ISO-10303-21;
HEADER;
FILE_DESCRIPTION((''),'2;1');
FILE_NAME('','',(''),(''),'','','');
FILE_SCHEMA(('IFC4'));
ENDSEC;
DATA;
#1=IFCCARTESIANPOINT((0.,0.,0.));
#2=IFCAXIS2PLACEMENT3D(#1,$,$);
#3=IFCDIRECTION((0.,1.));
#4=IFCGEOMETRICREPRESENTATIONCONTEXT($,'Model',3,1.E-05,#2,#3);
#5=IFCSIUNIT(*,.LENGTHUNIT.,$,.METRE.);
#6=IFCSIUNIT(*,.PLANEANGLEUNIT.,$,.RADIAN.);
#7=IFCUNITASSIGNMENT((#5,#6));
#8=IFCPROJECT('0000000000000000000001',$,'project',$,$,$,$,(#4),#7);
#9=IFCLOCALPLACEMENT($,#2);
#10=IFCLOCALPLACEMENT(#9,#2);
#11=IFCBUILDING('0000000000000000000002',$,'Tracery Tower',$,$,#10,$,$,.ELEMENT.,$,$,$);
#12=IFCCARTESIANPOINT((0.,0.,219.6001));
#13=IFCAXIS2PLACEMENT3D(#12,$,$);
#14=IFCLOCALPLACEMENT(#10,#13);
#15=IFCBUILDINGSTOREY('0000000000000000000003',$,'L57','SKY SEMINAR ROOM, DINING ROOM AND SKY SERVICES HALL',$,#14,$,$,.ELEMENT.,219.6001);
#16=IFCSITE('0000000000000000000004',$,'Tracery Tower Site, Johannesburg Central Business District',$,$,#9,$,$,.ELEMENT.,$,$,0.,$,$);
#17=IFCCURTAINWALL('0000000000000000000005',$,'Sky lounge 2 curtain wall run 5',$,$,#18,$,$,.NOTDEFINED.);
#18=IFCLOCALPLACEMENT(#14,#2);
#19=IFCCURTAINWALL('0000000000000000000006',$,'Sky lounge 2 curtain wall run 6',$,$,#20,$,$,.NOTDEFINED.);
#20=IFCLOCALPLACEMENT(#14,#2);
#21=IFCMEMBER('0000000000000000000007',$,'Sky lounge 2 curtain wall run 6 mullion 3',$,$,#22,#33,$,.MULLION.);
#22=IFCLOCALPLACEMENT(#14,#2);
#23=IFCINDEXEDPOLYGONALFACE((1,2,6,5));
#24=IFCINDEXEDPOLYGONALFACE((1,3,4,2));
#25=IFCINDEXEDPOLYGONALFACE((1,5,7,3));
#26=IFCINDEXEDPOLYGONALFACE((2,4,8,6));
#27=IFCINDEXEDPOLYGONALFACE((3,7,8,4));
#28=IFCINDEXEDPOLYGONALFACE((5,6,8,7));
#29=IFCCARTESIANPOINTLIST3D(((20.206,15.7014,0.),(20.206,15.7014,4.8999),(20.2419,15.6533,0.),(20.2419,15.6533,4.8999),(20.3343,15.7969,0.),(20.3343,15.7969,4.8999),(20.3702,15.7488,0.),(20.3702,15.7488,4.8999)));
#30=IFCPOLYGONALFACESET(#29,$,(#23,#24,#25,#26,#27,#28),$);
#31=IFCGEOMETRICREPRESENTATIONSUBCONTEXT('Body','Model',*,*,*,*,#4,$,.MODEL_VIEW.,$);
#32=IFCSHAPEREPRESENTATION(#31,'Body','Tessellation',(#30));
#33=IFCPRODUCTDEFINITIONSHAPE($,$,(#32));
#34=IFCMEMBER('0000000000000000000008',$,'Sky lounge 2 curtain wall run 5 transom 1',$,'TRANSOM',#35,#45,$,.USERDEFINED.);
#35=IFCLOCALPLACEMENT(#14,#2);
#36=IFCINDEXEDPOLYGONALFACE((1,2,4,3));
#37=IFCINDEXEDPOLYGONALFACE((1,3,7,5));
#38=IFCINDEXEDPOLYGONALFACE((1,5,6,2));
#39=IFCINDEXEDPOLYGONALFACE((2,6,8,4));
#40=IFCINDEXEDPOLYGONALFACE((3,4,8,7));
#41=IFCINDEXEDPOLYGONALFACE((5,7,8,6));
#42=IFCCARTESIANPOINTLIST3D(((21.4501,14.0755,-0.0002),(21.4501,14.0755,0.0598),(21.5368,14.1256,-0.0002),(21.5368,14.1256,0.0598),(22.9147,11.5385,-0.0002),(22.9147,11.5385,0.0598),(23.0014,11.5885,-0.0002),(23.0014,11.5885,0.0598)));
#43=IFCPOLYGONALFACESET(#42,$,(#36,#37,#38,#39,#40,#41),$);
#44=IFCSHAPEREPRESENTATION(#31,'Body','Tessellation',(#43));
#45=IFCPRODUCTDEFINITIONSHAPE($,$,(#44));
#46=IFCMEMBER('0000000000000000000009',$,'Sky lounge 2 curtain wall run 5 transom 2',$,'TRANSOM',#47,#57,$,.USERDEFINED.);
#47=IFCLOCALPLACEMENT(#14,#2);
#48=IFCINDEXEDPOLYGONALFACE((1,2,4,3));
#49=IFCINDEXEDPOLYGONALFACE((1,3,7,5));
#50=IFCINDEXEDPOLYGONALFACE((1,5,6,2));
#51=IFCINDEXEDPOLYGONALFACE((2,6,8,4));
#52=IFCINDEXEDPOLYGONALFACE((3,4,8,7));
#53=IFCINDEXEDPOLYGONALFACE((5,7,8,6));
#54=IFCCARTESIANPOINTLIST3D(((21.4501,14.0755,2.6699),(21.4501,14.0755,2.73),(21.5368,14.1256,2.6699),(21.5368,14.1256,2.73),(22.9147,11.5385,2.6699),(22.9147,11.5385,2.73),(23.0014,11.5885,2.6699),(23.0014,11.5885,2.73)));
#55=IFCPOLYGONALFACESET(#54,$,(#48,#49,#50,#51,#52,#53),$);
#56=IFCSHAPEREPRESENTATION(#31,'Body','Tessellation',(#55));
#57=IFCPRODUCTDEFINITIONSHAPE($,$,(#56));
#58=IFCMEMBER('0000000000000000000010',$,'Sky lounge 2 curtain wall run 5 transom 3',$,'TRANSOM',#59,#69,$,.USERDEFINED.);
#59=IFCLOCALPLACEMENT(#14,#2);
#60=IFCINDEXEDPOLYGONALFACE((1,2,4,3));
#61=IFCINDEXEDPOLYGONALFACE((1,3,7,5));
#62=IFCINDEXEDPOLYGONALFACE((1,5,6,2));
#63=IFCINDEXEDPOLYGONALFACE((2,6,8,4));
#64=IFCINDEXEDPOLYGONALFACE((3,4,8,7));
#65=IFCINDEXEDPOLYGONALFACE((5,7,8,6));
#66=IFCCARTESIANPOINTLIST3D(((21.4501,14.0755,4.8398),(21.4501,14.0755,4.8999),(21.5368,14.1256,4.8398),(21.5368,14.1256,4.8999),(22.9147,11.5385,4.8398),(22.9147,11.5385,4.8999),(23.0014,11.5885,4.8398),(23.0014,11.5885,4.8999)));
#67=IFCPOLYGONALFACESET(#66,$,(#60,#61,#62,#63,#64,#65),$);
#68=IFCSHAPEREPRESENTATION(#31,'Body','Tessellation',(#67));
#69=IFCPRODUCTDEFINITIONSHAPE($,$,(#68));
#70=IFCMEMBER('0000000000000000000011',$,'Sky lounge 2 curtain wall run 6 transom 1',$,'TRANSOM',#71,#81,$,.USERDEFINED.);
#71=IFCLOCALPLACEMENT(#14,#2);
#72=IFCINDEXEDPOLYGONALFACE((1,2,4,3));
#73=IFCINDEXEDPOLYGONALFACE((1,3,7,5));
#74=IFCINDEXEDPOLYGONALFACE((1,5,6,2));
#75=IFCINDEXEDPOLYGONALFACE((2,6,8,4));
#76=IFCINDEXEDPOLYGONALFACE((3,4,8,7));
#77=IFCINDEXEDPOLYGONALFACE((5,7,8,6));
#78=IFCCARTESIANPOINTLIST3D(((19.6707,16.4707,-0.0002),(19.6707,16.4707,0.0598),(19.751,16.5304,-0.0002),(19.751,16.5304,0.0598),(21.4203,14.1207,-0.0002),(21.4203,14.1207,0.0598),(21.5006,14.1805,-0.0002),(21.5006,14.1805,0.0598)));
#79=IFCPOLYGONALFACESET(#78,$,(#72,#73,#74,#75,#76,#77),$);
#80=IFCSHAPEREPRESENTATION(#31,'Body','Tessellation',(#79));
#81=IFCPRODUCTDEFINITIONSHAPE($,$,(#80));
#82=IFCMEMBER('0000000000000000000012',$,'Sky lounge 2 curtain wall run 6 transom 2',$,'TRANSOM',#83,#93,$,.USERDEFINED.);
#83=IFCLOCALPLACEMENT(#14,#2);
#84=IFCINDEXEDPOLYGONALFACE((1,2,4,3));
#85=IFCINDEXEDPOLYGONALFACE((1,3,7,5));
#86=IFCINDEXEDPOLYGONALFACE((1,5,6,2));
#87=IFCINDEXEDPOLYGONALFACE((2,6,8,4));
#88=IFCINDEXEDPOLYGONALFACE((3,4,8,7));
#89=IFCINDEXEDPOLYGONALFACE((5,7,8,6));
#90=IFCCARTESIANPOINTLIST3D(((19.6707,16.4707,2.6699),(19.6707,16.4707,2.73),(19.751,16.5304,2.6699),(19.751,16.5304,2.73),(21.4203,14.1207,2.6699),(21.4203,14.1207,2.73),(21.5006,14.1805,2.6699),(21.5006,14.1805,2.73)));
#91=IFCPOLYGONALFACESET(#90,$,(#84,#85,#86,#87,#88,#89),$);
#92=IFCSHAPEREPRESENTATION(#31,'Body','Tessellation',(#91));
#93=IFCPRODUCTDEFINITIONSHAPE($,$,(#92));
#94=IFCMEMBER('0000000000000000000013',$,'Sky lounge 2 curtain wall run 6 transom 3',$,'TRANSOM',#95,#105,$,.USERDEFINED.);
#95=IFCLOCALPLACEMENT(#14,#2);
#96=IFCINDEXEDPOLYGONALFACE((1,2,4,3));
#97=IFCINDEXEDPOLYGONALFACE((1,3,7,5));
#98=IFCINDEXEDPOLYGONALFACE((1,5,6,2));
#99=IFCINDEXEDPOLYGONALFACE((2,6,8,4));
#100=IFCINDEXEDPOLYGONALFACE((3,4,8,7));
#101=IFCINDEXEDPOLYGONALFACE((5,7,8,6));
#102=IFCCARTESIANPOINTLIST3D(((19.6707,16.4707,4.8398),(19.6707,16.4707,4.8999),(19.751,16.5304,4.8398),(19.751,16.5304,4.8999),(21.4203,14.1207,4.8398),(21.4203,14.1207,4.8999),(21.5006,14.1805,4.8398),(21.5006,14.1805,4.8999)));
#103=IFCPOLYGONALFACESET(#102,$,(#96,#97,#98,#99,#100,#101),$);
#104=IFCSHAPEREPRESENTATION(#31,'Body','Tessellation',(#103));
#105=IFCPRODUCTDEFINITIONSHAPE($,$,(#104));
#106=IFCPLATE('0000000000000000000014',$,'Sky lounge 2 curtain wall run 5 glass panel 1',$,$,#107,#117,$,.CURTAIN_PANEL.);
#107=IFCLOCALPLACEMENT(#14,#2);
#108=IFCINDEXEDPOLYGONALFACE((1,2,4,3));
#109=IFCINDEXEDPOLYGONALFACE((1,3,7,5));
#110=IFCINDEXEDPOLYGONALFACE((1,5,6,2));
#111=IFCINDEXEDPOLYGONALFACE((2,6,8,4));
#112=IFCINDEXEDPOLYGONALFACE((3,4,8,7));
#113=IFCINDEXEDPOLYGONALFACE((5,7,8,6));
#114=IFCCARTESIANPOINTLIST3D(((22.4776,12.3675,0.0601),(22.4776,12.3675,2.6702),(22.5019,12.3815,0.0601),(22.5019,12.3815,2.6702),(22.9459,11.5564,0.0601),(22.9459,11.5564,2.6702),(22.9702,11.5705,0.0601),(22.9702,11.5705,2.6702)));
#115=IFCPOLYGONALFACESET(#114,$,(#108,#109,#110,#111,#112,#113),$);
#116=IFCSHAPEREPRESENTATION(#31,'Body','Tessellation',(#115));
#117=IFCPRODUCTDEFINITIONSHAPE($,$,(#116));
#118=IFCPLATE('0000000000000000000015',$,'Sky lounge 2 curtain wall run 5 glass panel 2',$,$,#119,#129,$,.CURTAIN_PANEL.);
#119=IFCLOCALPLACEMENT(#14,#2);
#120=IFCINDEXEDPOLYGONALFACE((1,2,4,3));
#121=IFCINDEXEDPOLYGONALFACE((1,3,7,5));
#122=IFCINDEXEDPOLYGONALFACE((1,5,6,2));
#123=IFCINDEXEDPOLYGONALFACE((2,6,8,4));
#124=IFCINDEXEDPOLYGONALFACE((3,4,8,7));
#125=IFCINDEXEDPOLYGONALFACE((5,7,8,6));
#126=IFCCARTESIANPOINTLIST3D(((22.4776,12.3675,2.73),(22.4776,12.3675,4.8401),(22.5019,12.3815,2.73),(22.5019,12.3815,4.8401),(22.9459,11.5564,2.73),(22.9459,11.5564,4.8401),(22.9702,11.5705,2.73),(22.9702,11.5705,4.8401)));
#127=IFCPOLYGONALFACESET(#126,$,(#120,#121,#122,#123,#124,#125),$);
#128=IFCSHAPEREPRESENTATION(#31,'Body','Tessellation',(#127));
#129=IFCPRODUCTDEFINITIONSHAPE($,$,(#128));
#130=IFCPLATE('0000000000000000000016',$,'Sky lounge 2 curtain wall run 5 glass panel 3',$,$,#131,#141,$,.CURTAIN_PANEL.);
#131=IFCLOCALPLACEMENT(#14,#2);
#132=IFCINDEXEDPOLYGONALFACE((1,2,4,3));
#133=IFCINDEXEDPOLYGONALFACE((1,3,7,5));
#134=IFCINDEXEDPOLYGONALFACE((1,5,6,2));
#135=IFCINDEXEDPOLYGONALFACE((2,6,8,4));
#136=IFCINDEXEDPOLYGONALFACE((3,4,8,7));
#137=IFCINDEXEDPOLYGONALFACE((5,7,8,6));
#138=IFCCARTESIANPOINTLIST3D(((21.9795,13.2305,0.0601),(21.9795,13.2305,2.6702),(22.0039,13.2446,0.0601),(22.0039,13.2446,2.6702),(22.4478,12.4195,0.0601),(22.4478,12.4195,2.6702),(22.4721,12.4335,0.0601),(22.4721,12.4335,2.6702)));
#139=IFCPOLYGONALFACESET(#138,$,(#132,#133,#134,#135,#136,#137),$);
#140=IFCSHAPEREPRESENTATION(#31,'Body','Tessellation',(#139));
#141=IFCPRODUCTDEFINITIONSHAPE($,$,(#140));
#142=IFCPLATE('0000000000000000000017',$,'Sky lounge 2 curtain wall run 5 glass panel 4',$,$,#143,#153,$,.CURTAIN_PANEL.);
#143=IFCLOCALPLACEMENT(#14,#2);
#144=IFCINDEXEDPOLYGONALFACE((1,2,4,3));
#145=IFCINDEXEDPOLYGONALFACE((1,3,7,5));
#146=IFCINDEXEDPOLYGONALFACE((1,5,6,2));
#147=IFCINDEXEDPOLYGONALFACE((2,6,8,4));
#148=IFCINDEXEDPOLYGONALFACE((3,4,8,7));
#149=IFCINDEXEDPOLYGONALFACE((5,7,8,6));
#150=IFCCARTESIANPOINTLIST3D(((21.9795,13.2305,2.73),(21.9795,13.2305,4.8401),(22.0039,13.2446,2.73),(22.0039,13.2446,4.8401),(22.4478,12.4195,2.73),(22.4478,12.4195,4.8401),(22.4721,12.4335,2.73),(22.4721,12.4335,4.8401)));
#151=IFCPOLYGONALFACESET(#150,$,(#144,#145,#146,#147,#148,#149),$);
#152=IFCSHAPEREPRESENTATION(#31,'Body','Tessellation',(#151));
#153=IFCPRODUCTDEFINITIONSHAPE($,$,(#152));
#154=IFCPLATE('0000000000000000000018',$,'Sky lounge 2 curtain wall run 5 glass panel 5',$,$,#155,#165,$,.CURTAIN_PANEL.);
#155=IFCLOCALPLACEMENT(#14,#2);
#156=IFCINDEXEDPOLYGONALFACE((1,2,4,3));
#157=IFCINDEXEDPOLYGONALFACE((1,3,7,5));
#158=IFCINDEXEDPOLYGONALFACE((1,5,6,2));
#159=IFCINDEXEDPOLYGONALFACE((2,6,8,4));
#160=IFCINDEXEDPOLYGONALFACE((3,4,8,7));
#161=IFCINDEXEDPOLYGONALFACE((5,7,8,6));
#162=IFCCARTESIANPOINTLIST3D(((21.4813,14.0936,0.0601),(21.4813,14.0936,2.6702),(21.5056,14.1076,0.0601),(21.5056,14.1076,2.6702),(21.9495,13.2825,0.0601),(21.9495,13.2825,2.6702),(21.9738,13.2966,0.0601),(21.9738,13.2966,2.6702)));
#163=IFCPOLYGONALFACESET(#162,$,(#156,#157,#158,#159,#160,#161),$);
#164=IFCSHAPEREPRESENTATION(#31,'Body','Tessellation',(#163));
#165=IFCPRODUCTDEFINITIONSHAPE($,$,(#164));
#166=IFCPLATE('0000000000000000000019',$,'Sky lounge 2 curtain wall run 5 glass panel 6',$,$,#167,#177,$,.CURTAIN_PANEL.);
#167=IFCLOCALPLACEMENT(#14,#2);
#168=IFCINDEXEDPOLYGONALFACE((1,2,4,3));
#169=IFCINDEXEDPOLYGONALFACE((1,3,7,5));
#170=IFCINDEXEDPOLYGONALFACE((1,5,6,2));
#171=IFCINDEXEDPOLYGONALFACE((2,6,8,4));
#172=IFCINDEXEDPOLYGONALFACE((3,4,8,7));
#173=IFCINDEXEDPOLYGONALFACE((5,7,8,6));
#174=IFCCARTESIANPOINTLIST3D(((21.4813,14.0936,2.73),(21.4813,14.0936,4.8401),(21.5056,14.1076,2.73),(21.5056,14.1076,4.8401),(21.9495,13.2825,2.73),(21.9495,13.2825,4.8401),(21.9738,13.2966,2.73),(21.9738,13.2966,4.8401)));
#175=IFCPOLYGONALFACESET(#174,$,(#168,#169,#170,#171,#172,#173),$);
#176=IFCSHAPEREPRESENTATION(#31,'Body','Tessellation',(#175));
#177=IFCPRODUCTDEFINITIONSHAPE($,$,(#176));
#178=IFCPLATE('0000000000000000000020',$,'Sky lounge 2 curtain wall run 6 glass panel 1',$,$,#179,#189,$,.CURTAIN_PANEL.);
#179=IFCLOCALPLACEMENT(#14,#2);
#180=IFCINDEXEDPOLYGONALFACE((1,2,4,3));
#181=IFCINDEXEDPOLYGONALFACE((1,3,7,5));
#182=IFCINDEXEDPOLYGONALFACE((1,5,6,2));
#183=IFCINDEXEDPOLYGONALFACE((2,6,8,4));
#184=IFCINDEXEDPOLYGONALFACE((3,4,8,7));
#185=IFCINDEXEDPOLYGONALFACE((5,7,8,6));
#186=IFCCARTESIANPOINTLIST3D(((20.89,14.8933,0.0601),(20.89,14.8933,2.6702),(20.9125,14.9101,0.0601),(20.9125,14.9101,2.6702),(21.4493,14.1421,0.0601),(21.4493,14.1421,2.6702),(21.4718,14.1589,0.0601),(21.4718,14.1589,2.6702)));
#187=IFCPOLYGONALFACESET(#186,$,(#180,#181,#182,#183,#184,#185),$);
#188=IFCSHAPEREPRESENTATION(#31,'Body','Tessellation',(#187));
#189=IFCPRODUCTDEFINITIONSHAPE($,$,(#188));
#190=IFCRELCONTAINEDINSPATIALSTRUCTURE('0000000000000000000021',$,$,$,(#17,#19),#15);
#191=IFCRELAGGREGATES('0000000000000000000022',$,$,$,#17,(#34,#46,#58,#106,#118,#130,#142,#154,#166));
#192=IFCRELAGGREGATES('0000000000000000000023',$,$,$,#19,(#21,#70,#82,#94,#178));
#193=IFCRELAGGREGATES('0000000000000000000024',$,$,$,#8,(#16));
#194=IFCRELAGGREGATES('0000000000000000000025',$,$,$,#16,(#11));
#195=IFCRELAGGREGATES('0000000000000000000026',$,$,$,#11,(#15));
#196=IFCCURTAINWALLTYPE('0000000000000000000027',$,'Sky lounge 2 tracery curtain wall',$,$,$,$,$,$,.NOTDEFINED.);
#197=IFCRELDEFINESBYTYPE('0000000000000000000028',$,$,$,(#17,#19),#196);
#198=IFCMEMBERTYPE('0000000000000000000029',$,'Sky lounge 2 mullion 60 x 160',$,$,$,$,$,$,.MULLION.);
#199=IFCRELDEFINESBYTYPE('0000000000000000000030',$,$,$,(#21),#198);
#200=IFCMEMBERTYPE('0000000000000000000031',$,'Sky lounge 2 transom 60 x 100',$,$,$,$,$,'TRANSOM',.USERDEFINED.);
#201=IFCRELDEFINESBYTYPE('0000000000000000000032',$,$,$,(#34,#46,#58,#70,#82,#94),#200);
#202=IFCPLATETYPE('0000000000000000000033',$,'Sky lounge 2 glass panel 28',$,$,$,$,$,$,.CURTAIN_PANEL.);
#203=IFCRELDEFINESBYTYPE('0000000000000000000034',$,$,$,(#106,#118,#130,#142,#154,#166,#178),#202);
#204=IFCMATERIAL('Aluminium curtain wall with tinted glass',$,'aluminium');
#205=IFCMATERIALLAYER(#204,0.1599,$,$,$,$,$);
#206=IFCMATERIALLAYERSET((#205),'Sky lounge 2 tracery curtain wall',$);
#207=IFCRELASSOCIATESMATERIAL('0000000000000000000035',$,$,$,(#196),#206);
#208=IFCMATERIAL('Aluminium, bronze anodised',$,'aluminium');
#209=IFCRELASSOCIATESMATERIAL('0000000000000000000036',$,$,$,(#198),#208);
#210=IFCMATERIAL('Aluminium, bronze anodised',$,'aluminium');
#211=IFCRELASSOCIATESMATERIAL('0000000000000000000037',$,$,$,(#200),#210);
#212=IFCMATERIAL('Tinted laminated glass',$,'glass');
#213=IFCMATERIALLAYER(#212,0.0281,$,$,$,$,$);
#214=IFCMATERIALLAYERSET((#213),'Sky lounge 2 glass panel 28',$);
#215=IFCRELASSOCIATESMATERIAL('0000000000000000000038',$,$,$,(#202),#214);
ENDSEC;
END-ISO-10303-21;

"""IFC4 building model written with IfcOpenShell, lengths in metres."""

from ifc_helpers import new_model, si_unit, direction, frame, origin, origin_2d, place, context, subcontext, project, spatial, rectangle, extrude, material, layer, layer_set, material_profile, profile_set, type_object, element, aggregate, save


model = new_model("IFC4")

# Units and contexts
model_context = context("Model", 3, precision=1e-05, world=origin(), true_north=direction((0.0, 1.0)))
body_context = subcontext(model_context, "Body", "Model", "MODEL_VIEW")
ifc_project = project(units=[si_unit("LENGTHUNIT", "METRE"), si_unit("PLANEANGLEUNIT", "RADIAN")], contexts=[model_context])

# Site, building, storey
site_placement = place(None, origin())
site = spatial("IfcSite", under=ifc_project, at=site_placement, Name="Tracery Tower Site, Johannesburg Central Business District", CompositionType="ELEMENT", RefElevation=0.0)
building_placement = place(site_placement, origin())
building = spatial("IfcBuilding", under=site, at=building_placement, Name="Tracery Tower", CompositionType="ELEMENT")
storey_placement = place(building_placement, frame((0.0, 0.0, 219.6001)))
storey = spatial("IfcBuildingStorey", under=building, at=storey_placement, Name="L57", Description="SKY SEMINAR ROOM, DINING ROOM AND SKY SERVICES HALL", CompositionType="ELEMENT", Elevation=219.6001)

# Curtain walls, member
ifc_material_1 = material(Name="Aluminium curtain wall with tinted glass", Category="aluminium")
ifc_layer_1 = layer(ifc_material_1, 0.1599)
ifc_layer_set_1 = layer_set([ifc_layer_1], Name="Sky lounge 2 tracery curtain wall")
curtain_wall_type = type_object("IfcCurtainWallType", Name="Sky lounge 2 tracery curtain wall", PredefinedType="NOTDEFINED", material=ifc_layer_set_1)
curtain_wall_1_placement = place(storey_placement, origin())
curtain_wall_1 = element("IfcCurtainWall", 1, at=curtain_wall_1_placement, inside=storey, type_object=curtain_wall_type, Name="Sky lounge 2 curtain wall run 5", PredefinedType="NOTDEFINED")
ifc_material_2 = material(Name="Aluminium, bronze anodised", Category="aluminium")
ifc_material_profile_1 = material_profile(ifc_material_2, rectangle(XDim=0.1599, YDim=0.0601, at=origin_2d()), Name="AL 60x160")
ifc_profile_set_1 = profile_set([ifc_material_profile_1], Name="Aluminium, bronze anodised")
member_type_1 = type_object("IfcMemberType", Name="Sky lounge 2 mullion 60 x 160", PredefinedType="MULLION", material=ifc_profile_set_1)
curtain_wall_2_placement = place(storey_placement, origin())
curtain_wall_2 = element("IfcCurtainWall", 2, at=curtain_wall_2_placement, inside=storey, type_object=curtain_wall_type, Name="Sky lounge 2 curtain wall run 6", PredefinedType="NOTDEFINED")
member_1_placement = place(storey_placement, frame((20.2881, 15.7251, 0.0), z_axis=(0.0, 0.0, 1.0), x_axis=(-0.802123, -0.597159, 0.0)))
member_1 = element("IfcMember", 3, at=member_1_placement, type_object=member_type_1, Name="Sky lounge 2 curtain wall run 6 mullion 3", PredefinedType="MULLION", context=body_context, shape_type="SweptSolid", body=[
    extrude(rectangle(XDim=0.1599, YDim=0.0601, at=origin_2d()), origin(), (0.0, 0.0, 1.0), 4.8999),
])

# Members
ifc_material_3 = material(Name="Aluminium, bronze anodised", Category="aluminium")
ifc_material_profile_2 = material_profile(ifc_material_3, rectangle(XDim=0.1001, YDim=0.0601, at=origin_2d()), Name="AL 60x100")
ifc_profile_set_2 = profile_set([ifc_material_profile_2], Name="Aluminium, bronze anodised")
member_type_2 = type_object("IfcMemberType", Name="Sky lounge 2 transom 60 x 100", ElementType="TRANSOM", PredefinedType="USERDEFINED", material=ifc_profile_set_2)
member_2_placement = place(storey_placement, frame((22.958, 11.5635, 0.0298), z_axis=(-0.499948, 0.866055, 0.0), x_axis=(-0.866055, -0.499948, 0.0)))
member_2 = element("IfcMember", 4, at=member_2_placement, type_object=member_type_2, Name="Sky lounge 2 curtain wall run 5 transom 1", ObjectType="TRANSOM", PredefinedType="USERDEFINED", context=body_context, shape_type="SweptSolid", body=[
    extrude(rectangle(XDim=0.1001, YDim=0.0601, at=origin_2d()), origin(), (0.0, 0.0, 1.0), 2.9294),
])
member_3_placement = place(storey_placement, frame((22.958, 11.5635, 2.7), z_axis=(-0.499948, 0.866055, 0.0), x_axis=(-0.866055, -0.499948, 0.0)))
member_3 = element("IfcMember", 5, at=member_3_placement, type_object=member_type_2, Name="Sky lounge 2 curtain wall run 5 transom 2", ObjectType="TRANSOM", PredefinedType="USERDEFINED", context=body_context, shape_type="SweptSolid", body=[
    extrude(rectangle(XDim=0.1001, YDim=0.0601, at=origin_2d()), origin(), (0.0, 0.0, 1.0), 2.9294),
])
member_4_placement = place(storey_placement, frame((22.958, 11.5635, 4.8699), z_axis=(-0.499948, 0.866055, 0.0), x_axis=(-0.866055, -0.499948, 0.0)))
member_4 = element("IfcMember", 6, at=member_4_placement, type_object=member_type_2, Name="Sky lounge 2 curtain wall run 5 transom 3", ObjectType="TRANSOM", PredefinedType="USERDEFINED", context=body_context, shape_type="SweptSolid", body=[
    extrude(rectangle(XDim=0.1001, YDim=0.0601, at=origin_2d()), origin(), (0.0, 0.0, 1.0), 2.9294),
])
member_5_placement = place(storey_placement, frame((21.4604, 14.1506, 0.0298), z_axis=(-0.597183, 0.802105, 0.0), x_axis=(-0.802105, -0.597183, 0.0)))
member_5 = element("IfcMember", 7, at=member_5_placement, type_object=member_type_2, Name="Sky lounge 2 curtain wall run 6 transom 1", ObjectType="TRANSOM", PredefinedType="USERDEFINED", context=body_context, shape_type="SweptSolid", body=[
    extrude(rectangle(XDim=0.1001, YDim=0.0601, at=origin_2d()), origin(), (0.0, 0.0, 1.0), 2.9297),
])
member_6_placement = place(storey_placement, frame((21.4604, 14.1506, 2.7), z_axis=(-0.597183, 0.802105, 0.0), x_axis=(-0.802105, -0.597183, 0.0)))
member_6 = element("IfcMember", 8, at=member_6_placement, type_object=member_type_2, Name="Sky lounge 2 curtain wall run 6 transom 2", ObjectType="TRANSOM", PredefinedType="USERDEFINED", context=body_context, shape_type="SweptSolid", body=[
    extrude(rectangle(XDim=0.1001, YDim=0.0601, at=origin_2d()), origin(), (0.0, 0.0, 1.0), 2.9297),
])
member_7_placement = place(storey_placement, frame((21.4604, 14.1506, 4.8699), z_axis=(-0.597183, 0.802105, 0.0), x_axis=(-0.802105, -0.597183, 0.0)))
member_7 = element("IfcMember", 9, at=member_7_placement, type_object=member_type_2, Name="Sky lounge 2 curtain wall run 6 transom 3", ObjectType="TRANSOM", PredefinedType="USERDEFINED", context=body_context, shape_type="SweptSolid", body=[
    extrude(rectangle(XDim=0.1001, YDim=0.0601, at=origin_2d()), origin(), (0.0, 0.0, 1.0), 2.9297),
])

# Plates
ifc_material_4 = material(Name="Tinted laminated glass", Category="glass")
ifc_layer_2 = layer(ifc_material_4, 0.0281)
ifc_layer_set_2 = layer_set([ifc_layer_2], Name="Sky lounge 2 glass panel 28")
plate_type = type_object("IfcPlateType", Name="Sky lounge 2 glass panel 28", PredefinedType="CURTAIN_PANEL", material=ifc_layer_set_2)
plate_1_placement = place(storey_placement, frame((22.7239, 11.969, 0.0601), z_axis=(0.0, 0.0, 1.0), x_axis=(-0.5, 0.866025, 0.0)))
plate_1 = element("IfcPlate", 10, at=plate_1_placement, type_object=plate_type, Name="Sky lounge 2 curtain wall run 5 glass panel 1", PredefinedType="CURTAIN_PANEL", context=body_context, shape_type="SweptSolid", body=[
    extrude(rectangle(XDim=0.9365, YDim=0.0281, at=origin_2d()), origin(), (0.0, 0.0, 1.0), 2.6101),
])
plate_2_placement = place(storey_placement, frame((22.7239, 11.969, 2.73), z_axis=(0.0, 0.0, 1.0), x_axis=(-0.5, 0.866025, 0.0)))
plate_2 = element("IfcPlate", 11, at=plate_2_placement, type_object=plate_type, Name="Sky lounge 2 curtain wall run 5 glass panel 2", PredefinedType="CURTAIN_PANEL", context=body_context, shape_type="SweptSolid", body=[
    extrude(rectangle(XDim=0.9365, YDim=0.0281, at=origin_2d()), origin(), (0.0, 0.0, 1.0), 2.1101),
])
plate_3_placement = place(storey_placement, frame((22.2258, 12.832, 0.0601), z_axis=(0.0, 0.0, 1.0), x_axis=(-0.5, 0.866025, 0.0)))
plate_3 = element("IfcPlate", 12, at=plate_3_placement, type_object=plate_type, Name="Sky lounge 2 curtain wall run 5 glass panel 3", PredefinedType="CURTAIN_PANEL", context=body_context, shape_type="SweptSolid", body=[
    extrude(rectangle(XDim=0.9365, YDim=0.0281, at=origin_2d()), origin(), (0.0, 0.0, 1.0), 2.6101),
])
plate_4_placement = place(storey_placement, frame((22.2258, 12.832, 2.73), z_axis=(0.0, 0.0, 1.0), x_axis=(-0.5, 0.866025, 0.0)))
plate_4 = element("IfcPlate", 13, at=plate_4_placement, type_object=plate_type, Name="Sky lounge 2 curtain wall run 5 glass panel 4", PredefinedType="CURTAIN_PANEL", context=body_context, shape_type="SweptSolid", body=[
    extrude(rectangle(XDim=0.9365, YDim=0.0281, at=origin_2d()), origin(), (0.0, 0.0, 1.0), 2.1101),
])
plate_5_placement = place(storey_placement, frame((21.7275, 13.6951, 0.0601), z_axis=(0.0, 0.0, 1.0), x_axis=(-0.5, 0.866025, 0.0)))
plate_5 = element("IfcPlate", 14, at=plate_5_placement, type_object=plate_type, Name="Sky lounge 2 curtain wall run 5 glass panel 5", PredefinedType="CURTAIN_PANEL", context=body_context, shape_type="SweptSolid", body=[
    extrude(rectangle(XDim=0.9365, YDim=0.0281, at=origin_2d()), origin(), (0.0, 0.0, 1.0), 2.6101),
])
plate_6_placement = place(storey_placement, frame((21.7275, 13.6951, 2.73), z_axis=(0.0, 0.0, 1.0), x_axis=(-0.5, 0.866025, 0.0)))
plate_6 = element("IfcPlate", 15, at=plate_6_placement, type_object=plate_type, Name="Sky lounge 2 curtain wall run 5 glass panel 6", PredefinedType="CURTAIN_PANEL", context=body_context, shape_type="SweptSolid", body=[
    extrude(rectangle(XDim=0.9365, YDim=0.0281, at=origin_2d()), origin(), (0.0, 0.0, 1.0), 2.1101),
])
aggregate(curtain_wall_1, [member_2, member_3, member_4, plate_1, plate_2, plate_3, plate_4, plate_5, plate_6])
plate_7_placement = place(storey_placement, frame((21.1809, 14.5261, 0.0601), z_axis=(0.0, 0.0, 1.0), x_axis=(-0.597159, 0.802123, 0.0)))
plate_7 = element("IfcPlate", 16, at=plate_7_placement, type_object=plate_type, Name="Sky lounge 2 curtain wall run 6 glass panel 1", PredefinedType="CURTAIN_PANEL", context=body_context, shape_type="SweptSolid", body=[
    extrude(rectangle(XDim=0.9365, YDim=0.0281, at=origin_2d()), origin(), (0.0, 0.0, 1.0), 2.6101),
])
aggregate(curtain_wall_2, [member_1, member_5, member_6, member_7, plate_7])

save(model, "model.ifc")
